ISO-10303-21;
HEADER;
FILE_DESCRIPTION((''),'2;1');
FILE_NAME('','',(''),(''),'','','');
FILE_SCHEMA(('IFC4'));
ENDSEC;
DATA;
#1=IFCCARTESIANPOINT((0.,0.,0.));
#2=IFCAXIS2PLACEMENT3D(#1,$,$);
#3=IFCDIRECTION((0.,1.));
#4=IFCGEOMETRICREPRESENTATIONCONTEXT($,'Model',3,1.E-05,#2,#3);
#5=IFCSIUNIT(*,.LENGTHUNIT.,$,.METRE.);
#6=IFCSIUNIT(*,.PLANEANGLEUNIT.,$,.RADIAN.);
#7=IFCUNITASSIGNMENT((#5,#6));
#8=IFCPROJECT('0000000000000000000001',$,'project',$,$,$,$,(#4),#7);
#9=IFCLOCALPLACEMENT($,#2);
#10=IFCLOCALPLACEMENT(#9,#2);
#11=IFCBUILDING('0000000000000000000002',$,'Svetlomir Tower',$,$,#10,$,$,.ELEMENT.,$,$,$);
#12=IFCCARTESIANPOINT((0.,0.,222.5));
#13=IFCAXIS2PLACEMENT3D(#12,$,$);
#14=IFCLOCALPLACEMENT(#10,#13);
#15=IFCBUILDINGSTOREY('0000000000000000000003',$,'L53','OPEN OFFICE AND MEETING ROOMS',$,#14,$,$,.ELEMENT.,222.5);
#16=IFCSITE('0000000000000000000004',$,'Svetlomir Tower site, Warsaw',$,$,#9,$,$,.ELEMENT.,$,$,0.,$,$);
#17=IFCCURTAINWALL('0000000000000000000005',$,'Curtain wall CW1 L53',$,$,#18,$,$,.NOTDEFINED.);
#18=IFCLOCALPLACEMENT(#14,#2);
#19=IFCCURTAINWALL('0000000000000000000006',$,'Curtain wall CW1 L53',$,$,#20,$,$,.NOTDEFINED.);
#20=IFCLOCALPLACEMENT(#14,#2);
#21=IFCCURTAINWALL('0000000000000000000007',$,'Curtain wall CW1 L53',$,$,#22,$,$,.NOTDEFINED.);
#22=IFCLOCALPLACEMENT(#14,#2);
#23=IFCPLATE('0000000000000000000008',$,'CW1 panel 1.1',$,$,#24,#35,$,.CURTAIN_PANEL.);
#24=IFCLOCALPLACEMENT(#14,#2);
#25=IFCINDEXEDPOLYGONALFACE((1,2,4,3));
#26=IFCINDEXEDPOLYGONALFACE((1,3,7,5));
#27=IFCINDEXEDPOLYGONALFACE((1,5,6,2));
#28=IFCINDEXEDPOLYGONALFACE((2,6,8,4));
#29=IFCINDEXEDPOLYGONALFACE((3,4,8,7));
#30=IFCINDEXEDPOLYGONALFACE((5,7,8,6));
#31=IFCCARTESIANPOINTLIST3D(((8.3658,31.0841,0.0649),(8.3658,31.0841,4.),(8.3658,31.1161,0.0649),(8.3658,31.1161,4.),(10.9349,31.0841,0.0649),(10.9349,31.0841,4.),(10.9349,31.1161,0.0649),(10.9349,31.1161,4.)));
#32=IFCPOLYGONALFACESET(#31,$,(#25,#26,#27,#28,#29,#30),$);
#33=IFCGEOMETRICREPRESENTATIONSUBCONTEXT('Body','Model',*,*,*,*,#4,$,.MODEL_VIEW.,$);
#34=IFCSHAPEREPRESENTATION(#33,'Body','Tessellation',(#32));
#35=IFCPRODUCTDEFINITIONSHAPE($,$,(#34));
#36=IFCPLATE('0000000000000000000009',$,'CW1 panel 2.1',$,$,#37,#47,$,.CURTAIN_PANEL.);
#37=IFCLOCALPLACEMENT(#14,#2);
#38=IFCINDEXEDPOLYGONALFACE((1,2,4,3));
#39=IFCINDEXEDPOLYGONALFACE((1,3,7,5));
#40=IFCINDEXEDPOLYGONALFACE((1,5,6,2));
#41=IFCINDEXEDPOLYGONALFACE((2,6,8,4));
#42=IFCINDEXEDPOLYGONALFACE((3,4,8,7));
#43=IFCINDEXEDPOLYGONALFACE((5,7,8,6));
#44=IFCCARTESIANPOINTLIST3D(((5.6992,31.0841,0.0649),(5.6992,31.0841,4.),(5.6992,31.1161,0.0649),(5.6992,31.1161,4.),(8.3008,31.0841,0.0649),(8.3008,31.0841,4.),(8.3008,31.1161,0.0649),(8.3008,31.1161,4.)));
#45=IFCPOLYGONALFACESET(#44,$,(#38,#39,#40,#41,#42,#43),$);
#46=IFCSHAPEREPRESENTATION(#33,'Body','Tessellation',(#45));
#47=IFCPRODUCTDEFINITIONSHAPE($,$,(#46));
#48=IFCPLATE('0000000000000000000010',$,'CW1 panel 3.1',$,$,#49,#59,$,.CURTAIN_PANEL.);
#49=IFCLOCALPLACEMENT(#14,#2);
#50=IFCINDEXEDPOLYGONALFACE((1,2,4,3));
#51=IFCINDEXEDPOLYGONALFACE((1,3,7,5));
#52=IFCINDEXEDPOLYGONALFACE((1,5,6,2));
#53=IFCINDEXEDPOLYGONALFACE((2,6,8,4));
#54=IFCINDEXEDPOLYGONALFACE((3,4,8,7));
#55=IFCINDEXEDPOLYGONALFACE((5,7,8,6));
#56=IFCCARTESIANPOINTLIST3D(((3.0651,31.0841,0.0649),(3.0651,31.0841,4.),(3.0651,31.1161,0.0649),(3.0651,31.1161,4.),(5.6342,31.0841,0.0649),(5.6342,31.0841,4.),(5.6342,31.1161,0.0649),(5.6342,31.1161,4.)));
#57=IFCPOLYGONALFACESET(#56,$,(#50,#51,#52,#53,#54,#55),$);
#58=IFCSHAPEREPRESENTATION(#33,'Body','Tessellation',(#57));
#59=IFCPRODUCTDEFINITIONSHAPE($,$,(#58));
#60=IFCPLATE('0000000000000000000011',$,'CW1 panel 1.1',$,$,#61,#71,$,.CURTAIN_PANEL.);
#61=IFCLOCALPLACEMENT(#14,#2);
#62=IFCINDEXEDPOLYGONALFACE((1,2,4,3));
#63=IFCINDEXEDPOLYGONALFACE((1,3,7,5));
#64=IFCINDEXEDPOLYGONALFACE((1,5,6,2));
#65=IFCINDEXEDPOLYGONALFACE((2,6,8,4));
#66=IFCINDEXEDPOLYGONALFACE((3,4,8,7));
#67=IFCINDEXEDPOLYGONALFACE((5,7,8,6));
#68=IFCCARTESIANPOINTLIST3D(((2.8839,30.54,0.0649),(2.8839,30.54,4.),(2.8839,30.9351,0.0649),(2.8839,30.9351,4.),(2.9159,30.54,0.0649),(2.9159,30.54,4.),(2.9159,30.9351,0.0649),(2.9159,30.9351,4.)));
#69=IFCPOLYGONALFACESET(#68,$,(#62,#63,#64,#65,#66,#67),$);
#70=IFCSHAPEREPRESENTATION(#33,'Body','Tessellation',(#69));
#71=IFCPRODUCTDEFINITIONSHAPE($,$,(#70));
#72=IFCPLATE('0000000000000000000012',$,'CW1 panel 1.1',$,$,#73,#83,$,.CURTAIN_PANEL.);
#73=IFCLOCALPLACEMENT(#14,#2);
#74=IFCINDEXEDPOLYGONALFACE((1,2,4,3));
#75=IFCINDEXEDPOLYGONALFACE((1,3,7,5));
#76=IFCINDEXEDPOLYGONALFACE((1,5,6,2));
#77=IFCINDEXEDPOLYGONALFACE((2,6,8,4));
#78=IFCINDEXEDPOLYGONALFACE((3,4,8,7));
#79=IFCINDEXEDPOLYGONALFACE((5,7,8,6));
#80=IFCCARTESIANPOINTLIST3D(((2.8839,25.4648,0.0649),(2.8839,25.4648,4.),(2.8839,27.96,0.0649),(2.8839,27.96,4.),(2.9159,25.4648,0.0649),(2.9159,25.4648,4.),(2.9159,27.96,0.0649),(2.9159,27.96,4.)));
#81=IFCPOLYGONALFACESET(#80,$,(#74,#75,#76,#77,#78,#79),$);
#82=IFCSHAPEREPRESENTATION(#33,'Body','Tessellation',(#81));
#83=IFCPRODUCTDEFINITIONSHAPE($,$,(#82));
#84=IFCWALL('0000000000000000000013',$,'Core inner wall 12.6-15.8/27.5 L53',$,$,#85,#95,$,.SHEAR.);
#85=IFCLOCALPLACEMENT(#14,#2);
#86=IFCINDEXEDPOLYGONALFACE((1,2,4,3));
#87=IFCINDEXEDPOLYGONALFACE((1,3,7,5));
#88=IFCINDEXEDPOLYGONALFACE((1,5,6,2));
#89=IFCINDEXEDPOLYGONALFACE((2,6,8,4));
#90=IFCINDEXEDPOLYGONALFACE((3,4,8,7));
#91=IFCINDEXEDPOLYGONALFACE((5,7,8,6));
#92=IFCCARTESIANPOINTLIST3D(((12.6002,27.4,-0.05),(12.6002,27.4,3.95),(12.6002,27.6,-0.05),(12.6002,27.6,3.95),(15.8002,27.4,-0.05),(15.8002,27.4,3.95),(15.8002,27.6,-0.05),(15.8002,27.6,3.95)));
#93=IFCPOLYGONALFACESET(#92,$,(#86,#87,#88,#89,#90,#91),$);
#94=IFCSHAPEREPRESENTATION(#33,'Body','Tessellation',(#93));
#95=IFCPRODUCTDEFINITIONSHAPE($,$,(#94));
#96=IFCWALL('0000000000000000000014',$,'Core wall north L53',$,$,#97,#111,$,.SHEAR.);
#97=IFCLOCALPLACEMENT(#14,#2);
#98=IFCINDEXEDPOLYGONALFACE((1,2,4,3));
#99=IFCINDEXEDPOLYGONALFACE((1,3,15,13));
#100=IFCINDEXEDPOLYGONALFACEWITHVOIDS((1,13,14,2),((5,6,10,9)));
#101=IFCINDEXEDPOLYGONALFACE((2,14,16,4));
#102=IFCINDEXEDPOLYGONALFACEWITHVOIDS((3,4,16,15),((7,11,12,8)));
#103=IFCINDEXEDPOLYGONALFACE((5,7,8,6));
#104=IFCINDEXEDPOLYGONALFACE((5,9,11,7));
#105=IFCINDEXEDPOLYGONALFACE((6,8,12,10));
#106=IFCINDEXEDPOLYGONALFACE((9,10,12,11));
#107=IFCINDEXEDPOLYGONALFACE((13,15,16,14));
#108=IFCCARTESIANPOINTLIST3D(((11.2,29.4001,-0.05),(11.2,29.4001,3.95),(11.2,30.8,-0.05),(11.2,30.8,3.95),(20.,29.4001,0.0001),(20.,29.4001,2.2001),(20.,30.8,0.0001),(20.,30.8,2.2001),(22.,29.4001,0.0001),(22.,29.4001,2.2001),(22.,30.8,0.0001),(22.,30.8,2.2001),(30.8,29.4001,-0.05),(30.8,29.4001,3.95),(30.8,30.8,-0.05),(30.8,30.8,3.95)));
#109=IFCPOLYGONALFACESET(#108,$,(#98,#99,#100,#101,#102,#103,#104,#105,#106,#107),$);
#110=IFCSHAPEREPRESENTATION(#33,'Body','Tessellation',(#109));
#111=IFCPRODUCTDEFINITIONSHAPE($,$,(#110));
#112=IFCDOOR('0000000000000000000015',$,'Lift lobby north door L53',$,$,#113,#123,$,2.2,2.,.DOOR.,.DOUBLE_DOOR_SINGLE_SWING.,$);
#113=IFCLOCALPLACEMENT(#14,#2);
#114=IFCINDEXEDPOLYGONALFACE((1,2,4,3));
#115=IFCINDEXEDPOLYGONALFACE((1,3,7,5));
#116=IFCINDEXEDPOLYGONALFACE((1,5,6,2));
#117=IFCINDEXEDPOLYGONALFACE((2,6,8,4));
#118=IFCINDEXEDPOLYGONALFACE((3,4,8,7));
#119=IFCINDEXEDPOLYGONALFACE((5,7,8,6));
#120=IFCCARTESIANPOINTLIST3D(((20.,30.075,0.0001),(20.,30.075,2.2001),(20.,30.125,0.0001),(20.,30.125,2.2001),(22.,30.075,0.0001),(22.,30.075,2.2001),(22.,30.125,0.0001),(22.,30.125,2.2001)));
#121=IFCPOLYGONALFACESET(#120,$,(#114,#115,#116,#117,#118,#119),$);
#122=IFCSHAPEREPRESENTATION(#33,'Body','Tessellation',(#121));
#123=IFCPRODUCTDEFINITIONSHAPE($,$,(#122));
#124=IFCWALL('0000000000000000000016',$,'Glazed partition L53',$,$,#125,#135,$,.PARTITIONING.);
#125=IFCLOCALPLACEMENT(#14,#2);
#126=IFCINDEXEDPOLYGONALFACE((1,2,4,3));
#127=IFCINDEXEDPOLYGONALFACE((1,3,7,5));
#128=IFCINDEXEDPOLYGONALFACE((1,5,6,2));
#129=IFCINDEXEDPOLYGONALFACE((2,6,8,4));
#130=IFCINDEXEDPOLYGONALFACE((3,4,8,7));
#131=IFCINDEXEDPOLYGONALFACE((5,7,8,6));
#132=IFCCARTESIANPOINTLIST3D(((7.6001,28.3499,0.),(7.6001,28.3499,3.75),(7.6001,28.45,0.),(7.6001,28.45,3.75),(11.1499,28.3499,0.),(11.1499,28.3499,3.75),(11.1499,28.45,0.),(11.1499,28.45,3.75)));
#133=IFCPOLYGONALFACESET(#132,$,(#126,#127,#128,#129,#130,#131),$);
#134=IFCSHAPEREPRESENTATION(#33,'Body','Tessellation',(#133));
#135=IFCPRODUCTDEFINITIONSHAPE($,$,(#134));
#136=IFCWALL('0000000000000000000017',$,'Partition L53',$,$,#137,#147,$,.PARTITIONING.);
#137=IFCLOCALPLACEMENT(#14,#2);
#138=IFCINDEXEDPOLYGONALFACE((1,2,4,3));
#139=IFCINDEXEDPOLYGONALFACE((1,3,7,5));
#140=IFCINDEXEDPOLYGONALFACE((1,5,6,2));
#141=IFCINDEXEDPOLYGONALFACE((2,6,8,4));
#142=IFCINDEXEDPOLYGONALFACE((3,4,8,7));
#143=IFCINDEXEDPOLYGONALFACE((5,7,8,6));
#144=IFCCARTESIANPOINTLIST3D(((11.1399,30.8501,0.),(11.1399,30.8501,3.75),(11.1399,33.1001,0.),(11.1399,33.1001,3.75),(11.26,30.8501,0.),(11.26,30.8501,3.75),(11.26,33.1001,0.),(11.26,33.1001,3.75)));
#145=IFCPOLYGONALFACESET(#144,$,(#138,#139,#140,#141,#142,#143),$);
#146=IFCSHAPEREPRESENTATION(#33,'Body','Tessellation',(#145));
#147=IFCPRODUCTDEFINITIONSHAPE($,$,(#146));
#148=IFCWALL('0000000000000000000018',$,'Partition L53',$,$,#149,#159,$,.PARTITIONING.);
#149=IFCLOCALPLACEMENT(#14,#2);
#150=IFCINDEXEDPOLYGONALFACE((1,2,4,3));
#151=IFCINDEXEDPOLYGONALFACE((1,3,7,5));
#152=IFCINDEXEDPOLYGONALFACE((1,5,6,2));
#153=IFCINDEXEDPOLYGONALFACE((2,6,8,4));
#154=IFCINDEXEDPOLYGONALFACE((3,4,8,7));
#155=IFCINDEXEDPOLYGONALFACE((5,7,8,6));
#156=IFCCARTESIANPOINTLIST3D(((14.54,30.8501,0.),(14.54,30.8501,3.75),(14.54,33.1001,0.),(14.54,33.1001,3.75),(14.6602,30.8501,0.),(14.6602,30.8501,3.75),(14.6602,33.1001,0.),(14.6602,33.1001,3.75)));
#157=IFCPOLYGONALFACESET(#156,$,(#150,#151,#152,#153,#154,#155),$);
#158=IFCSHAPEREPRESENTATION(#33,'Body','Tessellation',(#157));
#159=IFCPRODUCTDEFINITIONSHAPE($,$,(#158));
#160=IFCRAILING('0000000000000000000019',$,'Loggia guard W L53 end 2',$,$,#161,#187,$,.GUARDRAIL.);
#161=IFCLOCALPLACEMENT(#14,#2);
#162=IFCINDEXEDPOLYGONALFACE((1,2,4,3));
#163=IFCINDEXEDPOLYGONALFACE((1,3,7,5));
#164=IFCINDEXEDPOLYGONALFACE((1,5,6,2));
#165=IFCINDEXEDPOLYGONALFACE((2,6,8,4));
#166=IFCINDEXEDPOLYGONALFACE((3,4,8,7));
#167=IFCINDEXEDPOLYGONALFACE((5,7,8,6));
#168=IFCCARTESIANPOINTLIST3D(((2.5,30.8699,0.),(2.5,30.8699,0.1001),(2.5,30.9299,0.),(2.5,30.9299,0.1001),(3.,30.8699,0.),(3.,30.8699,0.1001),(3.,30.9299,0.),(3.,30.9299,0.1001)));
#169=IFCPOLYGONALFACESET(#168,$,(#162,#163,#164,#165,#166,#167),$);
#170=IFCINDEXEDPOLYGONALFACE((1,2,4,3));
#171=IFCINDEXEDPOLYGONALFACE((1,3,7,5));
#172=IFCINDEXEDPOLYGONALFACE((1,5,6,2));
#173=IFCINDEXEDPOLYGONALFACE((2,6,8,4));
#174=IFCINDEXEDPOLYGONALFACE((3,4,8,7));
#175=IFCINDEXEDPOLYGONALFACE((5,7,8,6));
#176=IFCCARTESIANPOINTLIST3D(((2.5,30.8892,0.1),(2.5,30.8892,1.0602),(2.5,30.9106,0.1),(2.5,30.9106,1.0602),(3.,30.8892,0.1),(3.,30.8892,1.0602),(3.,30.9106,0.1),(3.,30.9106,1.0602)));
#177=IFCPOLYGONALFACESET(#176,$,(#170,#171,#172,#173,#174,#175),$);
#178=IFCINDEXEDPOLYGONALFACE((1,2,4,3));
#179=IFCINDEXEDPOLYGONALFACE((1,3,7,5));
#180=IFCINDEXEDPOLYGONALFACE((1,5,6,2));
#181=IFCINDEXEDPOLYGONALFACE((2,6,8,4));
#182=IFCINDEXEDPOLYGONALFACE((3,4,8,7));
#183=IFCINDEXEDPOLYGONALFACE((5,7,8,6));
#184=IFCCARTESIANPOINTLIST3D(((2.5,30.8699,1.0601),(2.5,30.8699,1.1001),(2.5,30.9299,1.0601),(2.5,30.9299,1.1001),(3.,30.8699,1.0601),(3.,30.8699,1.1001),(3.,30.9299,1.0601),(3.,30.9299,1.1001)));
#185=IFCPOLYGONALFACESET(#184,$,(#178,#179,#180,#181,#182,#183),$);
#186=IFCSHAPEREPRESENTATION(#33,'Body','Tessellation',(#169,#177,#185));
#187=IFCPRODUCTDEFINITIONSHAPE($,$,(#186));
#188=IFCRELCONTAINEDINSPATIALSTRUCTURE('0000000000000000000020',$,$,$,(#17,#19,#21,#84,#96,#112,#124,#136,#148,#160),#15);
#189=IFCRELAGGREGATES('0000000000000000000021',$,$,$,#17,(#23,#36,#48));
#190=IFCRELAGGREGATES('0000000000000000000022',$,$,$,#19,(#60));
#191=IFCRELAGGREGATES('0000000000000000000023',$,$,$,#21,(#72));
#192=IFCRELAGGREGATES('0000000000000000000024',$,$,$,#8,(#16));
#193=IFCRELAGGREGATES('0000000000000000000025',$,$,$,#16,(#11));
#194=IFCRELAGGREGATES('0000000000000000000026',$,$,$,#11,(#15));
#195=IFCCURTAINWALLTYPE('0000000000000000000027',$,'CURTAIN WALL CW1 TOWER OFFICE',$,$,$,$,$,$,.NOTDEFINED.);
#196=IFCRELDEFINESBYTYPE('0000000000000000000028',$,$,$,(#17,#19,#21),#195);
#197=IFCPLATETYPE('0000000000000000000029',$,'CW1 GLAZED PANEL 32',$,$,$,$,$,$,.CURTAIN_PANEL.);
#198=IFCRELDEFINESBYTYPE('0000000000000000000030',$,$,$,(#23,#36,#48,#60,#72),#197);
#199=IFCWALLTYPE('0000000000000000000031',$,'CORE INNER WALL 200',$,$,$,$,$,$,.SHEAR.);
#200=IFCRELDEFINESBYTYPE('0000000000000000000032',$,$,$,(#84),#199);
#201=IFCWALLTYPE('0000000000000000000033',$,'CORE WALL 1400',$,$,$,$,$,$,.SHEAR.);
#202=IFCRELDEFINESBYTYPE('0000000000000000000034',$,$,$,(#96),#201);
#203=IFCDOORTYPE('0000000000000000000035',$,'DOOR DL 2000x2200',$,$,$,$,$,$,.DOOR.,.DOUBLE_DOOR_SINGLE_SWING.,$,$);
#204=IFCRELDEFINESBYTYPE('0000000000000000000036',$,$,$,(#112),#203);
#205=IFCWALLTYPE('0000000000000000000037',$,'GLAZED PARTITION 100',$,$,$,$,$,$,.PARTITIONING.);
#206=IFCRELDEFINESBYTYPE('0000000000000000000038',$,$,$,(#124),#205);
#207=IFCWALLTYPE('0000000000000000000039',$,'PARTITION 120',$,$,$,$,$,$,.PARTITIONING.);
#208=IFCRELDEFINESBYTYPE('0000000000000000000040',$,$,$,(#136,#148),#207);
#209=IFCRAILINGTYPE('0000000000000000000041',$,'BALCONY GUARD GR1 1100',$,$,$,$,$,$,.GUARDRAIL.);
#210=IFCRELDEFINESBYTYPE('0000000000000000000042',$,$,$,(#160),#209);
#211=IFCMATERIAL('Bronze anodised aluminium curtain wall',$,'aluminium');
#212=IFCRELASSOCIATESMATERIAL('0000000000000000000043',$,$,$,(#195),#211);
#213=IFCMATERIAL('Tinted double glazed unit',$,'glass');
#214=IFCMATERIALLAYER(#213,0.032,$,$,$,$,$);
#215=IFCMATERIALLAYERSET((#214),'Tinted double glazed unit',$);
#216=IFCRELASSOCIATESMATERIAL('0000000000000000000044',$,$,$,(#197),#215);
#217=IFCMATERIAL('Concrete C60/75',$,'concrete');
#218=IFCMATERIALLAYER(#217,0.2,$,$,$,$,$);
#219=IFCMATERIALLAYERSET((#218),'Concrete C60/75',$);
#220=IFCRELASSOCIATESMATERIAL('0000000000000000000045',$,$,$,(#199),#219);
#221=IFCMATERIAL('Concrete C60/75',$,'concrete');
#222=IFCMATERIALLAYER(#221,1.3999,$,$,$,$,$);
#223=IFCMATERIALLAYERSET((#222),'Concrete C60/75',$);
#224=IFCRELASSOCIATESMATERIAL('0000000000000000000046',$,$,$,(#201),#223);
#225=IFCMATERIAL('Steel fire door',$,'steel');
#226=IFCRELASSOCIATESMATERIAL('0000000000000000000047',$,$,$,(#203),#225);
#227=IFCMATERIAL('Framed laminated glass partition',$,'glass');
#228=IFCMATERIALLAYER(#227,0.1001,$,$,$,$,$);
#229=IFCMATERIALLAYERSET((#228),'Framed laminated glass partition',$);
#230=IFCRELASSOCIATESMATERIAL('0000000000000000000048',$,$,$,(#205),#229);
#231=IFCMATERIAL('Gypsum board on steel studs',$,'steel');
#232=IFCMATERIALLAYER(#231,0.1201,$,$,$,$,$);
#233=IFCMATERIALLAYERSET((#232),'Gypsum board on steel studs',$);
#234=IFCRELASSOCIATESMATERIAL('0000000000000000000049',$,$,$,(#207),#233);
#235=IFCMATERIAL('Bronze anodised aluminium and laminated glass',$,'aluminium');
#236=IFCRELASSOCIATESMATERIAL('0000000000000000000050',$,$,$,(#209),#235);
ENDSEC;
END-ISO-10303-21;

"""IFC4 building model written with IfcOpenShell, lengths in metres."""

from ifc_helpers import new_model, si_unit, direction, frame, frame_2d, origin, origin_2d, place, context, subcontext, project, spatial, rectangle, extrude, material, layer, layer_set, type_object, element, fill, aggregate, save


model = new_model("IFC4")

# Units and contexts
model_context = context("Model", 3, precision=1e-05, world=origin(), true_north=direction((0.0, 1.0)))
body_context = subcontext(model_context, "Body", "Model", "MODEL_VIEW")
ifc_project = project(units=[si_unit("LENGTHUNIT", "METRE"), si_unit("PLANEANGLEUNIT", "RADIAN")], contexts=[model_context])

# Site, building, storey
site_placement = place(None, origin())
site = spatial("IfcSite", under=ifc_project, at=site_placement, Name="Svetlomir Tower site, Warsaw", CompositionType="ELEMENT", RefElevation=0.0)
building_placement = place(site_placement, origin())
building = spatial("IfcBuilding", under=site, at=building_placement, Name="Svetlomir Tower", CompositionType="ELEMENT")
storey_placement = place(building_placement, frame((0.0, 0.0, 222.5)))
storey = spatial("IfcBuildingStorey", under=building, at=storey_placement, Name="L53", Description="OPEN OFFICE AND MEETING ROOMS", CompositionType="ELEMENT", Elevation=222.5)

# Shared definitions
ifc_material_1 = material(Name="Bronze anodised aluminium curtain wall", Category="aluminium")
curtain_wall_type = type_object("IfcCurtainWallType", Name="CURTAIN WALL CW1 TOWER OFFICE", PredefinedType="NOTDEFINED", material=ifc_material_1)

# Curtain walls
curtain_wall_1_placement = place(storey_placement, origin())
curtain_wall_1 = element("IfcCurtainWall", 1, at=curtain_wall_1_placement, inside=storey, type_object=curtain_wall_type, Name="Curtain wall CW1 L53", PredefinedType="NOTDEFINED")
curtain_wall_2_placement = place(storey_placement, origin())
curtain_wall_2 = element("IfcCurtainWall", 2, at=curtain_wall_2_placement, inside=storey, type_object=curtain_wall_type, Name="Curtain wall CW1 L53", PredefinedType="NOTDEFINED")

# Curtain wall
curtain_wall_3_placement = place(storey_placement, origin())
curtain_wall_3 = element("IfcCurtainWall", 3, at=curtain_wall_3_placement, inside=storey, type_object=curtain_wall_type, Name="Curtain wall CW1 L53", PredefinedType="NOTDEFINED")

# Plates
ifc_material_2 = material(Name="Tinted double glazed unit", Category="glass")
ifc_layer_1 = layer(ifc_material_2, 0.032)
ifc_layer_set_1 = layer_set([ifc_layer_1], Name="Tinted double glazed unit")
plate_type = type_object("IfcPlateType", Name="CW1 GLAZED PANEL 32", PredefinedType="CURTAIN_PANEL", material=ifc_layer_set_1)
plate_1_placement = place(storey_placement, frame((9.6504, 31.1001, 0.0649), z_axis=(0.0, 0.0, 1.0), x_axis=(-1.0, 0.0, 0.0)))
plate_1 = element("IfcPlate", 4, at=plate_1_placement, type_object=plate_type, Name="CW1 panel 1.1", PredefinedType="CURTAIN_PANEL", context=body_context, shape_type="SweptSolid", body=[
    extrude(rectangle(XDim=2.5691, YDim=0.032, at=origin_2d()), origin(), (0.0, 0.0, 1.0), 3.9351),
])
plate_2_placement = place(storey_placement, frame((7.0, 31.1001, 0.0649), z_axis=(0.0, 0.0, 1.0), x_axis=(-1.0, 0.0, 0.0)))
plate_2 = element("IfcPlate", 5, at=plate_2_placement, type_object=plate_type, Name="CW1 panel 2.1", PredefinedType="CURTAIN_PANEL", context=body_context, shape_type="SweptSolid", body=[
    extrude(rectangle(XDim=2.6016, YDim=0.032, at=origin_2d()), origin(), (0.0, 0.0, 1.0), 3.9351),
])
plate_3_placement = place(storey_placement, frame((4.3496, 31.1001, 0.0649), z_axis=(0.0, 0.0, 1.0), x_axis=(-1.0, 0.0, 0.0)))
plate_3 = element("IfcPlate", 6, at=plate_3_placement, type_object=plate_type, Name="CW1 panel 3.1", PredefinedType="CURTAIN_PANEL", context=body_context, shape_type="SweptSolid", body=[
    extrude(rectangle(XDim=2.5691, YDim=0.032, at=origin_2d()), origin(), (0.0, 0.0, 1.0), 3.9351),
])
aggregate(curtain_wall_1, [plate_1, plate_2, plate_3])
plate_4_placement = place(storey_placement, frame((2.8999, 30.7375, 0.0649), z_axis=(0.0, 0.0, 1.0), x_axis=(0.0, -1.0, 0.0)))
plate_4 = element("IfcPlate", 7, at=plate_4_placement, type_object=plate_type, Name="CW1 panel 1.1", PredefinedType="CURTAIN_PANEL", context=body_context, shape_type="SweptSolid", body=[
    extrude(rectangle(XDim=0.395, YDim=0.032, at=origin_2d()), origin(), (0.0, 0.0, 1.0), 3.9351),
])
aggregate(curtain_wall_2, [plate_4])
plate_5_placement = place(storey_placement, frame((2.8999, 26.7124, 0.0649), z_axis=(0.0, 0.0, 1.0), x_axis=(0.0, -1.0, 0.0)))
plate_5 = element("IfcPlate", 8, at=plate_5_placement, type_object=plate_type, Name="CW1 panel 1.1", PredefinedType="CURTAIN_PANEL", context=body_context, shape_type="SweptSolid", body=[
    extrude(rectangle(XDim=2.4951, YDim=0.032, at=origin_2d()), origin(), (0.0, 0.0, 1.0), 3.9351),
])
aggregate(curtain_wall_3, [plate_5])

# Wall
ifc_material_3 = material(Name="Concrete C60/75", Category="concrete")
ifc_layer_2 = layer(ifc_material_3, 0.2)
ifc_layer_set_2 = layer_set([ifc_layer_2], Name="Concrete C60/75")
wall_type_1 = type_object("IfcWallType", Name="CORE INNER WALL 200", PredefinedType="SHEAR", material=ifc_layer_set_2)
wall_1_placement = place(storey_placement, frame((12.6001, 27.5, -0.05), z_axis=(0.0, 0.0, 1.0), x_axis=(1.0, 0.0, 0.0)))
element("IfcWall", 9, at=wall_1_placement, inside=storey, type_object=wall_type_1, Name="Core inner wall 12.6-15.8/27.5 L53", PredefinedType="SHEAR", context=body_context, shape_type="SweptSolid", body=[
    extrude(rectangle(XDim=3.2, YDim=0.2, at=frame_2d((1.6001, 0.0))), origin(), (0.0, 0.0, 1.0), 4.0),
])

# Wall, opening, door
ifc_material_4 = material(Name="Concrete C60/75", Category="concrete")
ifc_layer_3 = layer(ifc_material_4, 1.3999)
ifc_layer_set_3 = layer_set([ifc_layer_3], Name="Concrete C60/75")
wall_type_2 = type_object("IfcWallType", Name="CORE WALL 1400", PredefinedType="SHEAR", material=ifc_layer_set_3)
wall_2_placement = place(storey_placement, frame((11.2, 30.1001, -0.05), z_axis=(0.0, 0.0, 1.0), x_axis=(1.0, 0.0, 0.0)))
wall_2 = element("IfcWall", 10, at=wall_2_placement, inside=storey, type_object=wall_type_2, Name="Core wall north L53", PredefinedType="SHEAR", context=body_context, shape_type="SweptSolid", body=[
    extrude(rectangle(XDim=19.6001, YDim=1.3999, at=frame_2d((9.8, 0.0))), origin(), (0.0, 0.0, 1.0), 4.0),
])
opening_placement = place(wall_2_placement, frame((8.8, 0.0, 0.05)))
opening = element("IfcOpeningElement", 11, at=opening_placement, cuts=wall_2, PredefinedType="OPENING", context=body_context, shape_type="SweptSolid", body=[
    extrude(rectangle(XDim=2.0, YDim=2.2, at=frame_2d((1.0, 1.1001))), frame((0.0, 0.71, 0.0), z_axis=(0.0, -1.0, 0.0), x_axis=(1.0, 0.0, 0.0)), (0.0, 0.0, 1.0), 1.4199),
])
ifc_material_5 = material(Name="Steel fire door", Category="steel")
door_type = type_object("IfcDoorType", Name="DOOR DL 2000x2200", OperationType="DOUBLE_DOOR_SINGLE_SWING", PredefinedType="DOOR", material=ifc_material_5)
door_placement = place(opening_placement, origin())
door = element("IfcDoor", 12, at=door_placement, inside=storey, type_object=door_type, Name="Lift lobby north door L53", OperationType="DOUBLE_DOOR_SINGLE_SWING", OverallHeight=2.2, OverallWidth=2.0, PredefinedType="DOOR", context=body_context, shape_type="SweptSolid", body=[
    extrude(rectangle(XDim=2.0, YDim=2.2, at=frame_2d((1.0, 1.1001))), frame((0.0, 0.0249, 0.0), z_axis=(0.0, -1.0, 0.0), x_axis=(1.0, 0.0, 0.0)), (0.0, 0.0, 1.0), 0.05),
])
fill(opening, door)

# Walls
ifc_material_6 = material(Name="Framed laminated glass partition", Category="glass")
ifc_layer_4 = layer(ifc_material_6, 0.1001)
ifc_layer_set_4 = layer_set([ifc_layer_4], Name="Framed laminated glass partition")
wall_type_3 = type_object("IfcWallType", Name="GLAZED PARTITION 100", PredefinedType="PARTITIONING", material=ifc_layer_set_4)
wall_3_placement = place(storey_placement, frame((7.6001, 28.3999, 0.0), z_axis=(0.0, 0.0, 1.0), x_axis=(1.0, 0.0, 0.0)))
element("IfcWall", 13, at=wall_3_placement, inside=storey, type_object=wall_type_3, Name="Glazed partition L53", PredefinedType="PARTITIONING", context=body_context, shape_type="SweptSolid", body=[
    extrude(rectangle(XDim=3.5498, YDim=0.1001, at=frame_2d((1.7749, 0.0))), origin(), (0.0, 0.0, 1.0), 3.75),
])
ifc_material_7 = material(Name="Gypsum board on steel studs", Category="steel")
ifc_layer_5 = layer(ifc_material_7, 0.1201)
ifc_layer_set_5 = layer_set([ifc_layer_5], Name="Gypsum board on steel studs")
wall_type_4 = type_object("IfcWallType", Name="PARTITION 120", PredefinedType="PARTITIONING", material=ifc_layer_set_5)
for number, where, z_axis, x_axis, name in (
    (14, (11.2, 30.8501, 0.0), (0.0, 0.0, 1.0), (0.0, 1.0, 0.0), "Partition L53"),
    (15, (14.6001, 30.8501, 0.0), (0.0, 0.0, 1.0), (0.0, 1.0, 0.0), "Partition L53"),
):
    element("IfcWall", number, at=place(storey_placement, frame(where, z_axis=z_axis, x_axis=x_axis)), inside=storey, type_object=wall_type_4, Name=name, PredefinedType="PARTITIONING", context=body_context, shape_type="SweptSolid", body=[
        extrude(rectangle(XDim=2.25, YDim=0.1201, at=frame_2d((1.125, 0.0))), origin(), (0.0, 0.0, 1.0), 3.75),
    ])

# Railing
ifc_material_8 = material(Name="Bronze anodised aluminium and laminated glass", Category="aluminium")
railing_type = type_object("IfcRailingType", Name="BALCONY GUARD GR1 1100", PredefinedType="GUARDRAIL", material=ifc_material_8)
railing_placement = place(storey_placement, frame((2.5, 30.8999, 0.0)))
element("IfcRailing", 16, at=railing_placement, inside=storey, type_object=railing_type, Name="Loggia guard W L53 end 2", PredefinedType="GUARDRAIL", context=body_context, shape_type="SweptSolid", body=[
    extrude(rectangle(XDim=0.0601, YDim=0.1001, at=origin_2d()), frame((0.0, 0.0, 0.05), z_axis=(1.0, 0.0, 0.0), x_axis=(0.0, 1.0, 0.0)), (0.0, 0.0, 1.0), 0.5),
    extrude(rectangle(XDim=0.0215, YDim=0.9602, at=origin_2d()), frame((0.0, 0.0, 0.5801), z_axis=(1.0, 0.0, 0.0), x_axis=(0.0, 1.0, 0.0)), (0.0, 0.0, 1.0), 0.5),
    extrude(rectangle(XDim=0.0601, YDim=0.04, at=origin_2d()), frame((0.0, 0.0, 1.0801), z_axis=(1.0, 0.0, 0.0), x_axis=(0.0, 1.0, 0.0)), (0.0, 0.0, 1.0), 0.5),
])

save(model, "model.ifc")
